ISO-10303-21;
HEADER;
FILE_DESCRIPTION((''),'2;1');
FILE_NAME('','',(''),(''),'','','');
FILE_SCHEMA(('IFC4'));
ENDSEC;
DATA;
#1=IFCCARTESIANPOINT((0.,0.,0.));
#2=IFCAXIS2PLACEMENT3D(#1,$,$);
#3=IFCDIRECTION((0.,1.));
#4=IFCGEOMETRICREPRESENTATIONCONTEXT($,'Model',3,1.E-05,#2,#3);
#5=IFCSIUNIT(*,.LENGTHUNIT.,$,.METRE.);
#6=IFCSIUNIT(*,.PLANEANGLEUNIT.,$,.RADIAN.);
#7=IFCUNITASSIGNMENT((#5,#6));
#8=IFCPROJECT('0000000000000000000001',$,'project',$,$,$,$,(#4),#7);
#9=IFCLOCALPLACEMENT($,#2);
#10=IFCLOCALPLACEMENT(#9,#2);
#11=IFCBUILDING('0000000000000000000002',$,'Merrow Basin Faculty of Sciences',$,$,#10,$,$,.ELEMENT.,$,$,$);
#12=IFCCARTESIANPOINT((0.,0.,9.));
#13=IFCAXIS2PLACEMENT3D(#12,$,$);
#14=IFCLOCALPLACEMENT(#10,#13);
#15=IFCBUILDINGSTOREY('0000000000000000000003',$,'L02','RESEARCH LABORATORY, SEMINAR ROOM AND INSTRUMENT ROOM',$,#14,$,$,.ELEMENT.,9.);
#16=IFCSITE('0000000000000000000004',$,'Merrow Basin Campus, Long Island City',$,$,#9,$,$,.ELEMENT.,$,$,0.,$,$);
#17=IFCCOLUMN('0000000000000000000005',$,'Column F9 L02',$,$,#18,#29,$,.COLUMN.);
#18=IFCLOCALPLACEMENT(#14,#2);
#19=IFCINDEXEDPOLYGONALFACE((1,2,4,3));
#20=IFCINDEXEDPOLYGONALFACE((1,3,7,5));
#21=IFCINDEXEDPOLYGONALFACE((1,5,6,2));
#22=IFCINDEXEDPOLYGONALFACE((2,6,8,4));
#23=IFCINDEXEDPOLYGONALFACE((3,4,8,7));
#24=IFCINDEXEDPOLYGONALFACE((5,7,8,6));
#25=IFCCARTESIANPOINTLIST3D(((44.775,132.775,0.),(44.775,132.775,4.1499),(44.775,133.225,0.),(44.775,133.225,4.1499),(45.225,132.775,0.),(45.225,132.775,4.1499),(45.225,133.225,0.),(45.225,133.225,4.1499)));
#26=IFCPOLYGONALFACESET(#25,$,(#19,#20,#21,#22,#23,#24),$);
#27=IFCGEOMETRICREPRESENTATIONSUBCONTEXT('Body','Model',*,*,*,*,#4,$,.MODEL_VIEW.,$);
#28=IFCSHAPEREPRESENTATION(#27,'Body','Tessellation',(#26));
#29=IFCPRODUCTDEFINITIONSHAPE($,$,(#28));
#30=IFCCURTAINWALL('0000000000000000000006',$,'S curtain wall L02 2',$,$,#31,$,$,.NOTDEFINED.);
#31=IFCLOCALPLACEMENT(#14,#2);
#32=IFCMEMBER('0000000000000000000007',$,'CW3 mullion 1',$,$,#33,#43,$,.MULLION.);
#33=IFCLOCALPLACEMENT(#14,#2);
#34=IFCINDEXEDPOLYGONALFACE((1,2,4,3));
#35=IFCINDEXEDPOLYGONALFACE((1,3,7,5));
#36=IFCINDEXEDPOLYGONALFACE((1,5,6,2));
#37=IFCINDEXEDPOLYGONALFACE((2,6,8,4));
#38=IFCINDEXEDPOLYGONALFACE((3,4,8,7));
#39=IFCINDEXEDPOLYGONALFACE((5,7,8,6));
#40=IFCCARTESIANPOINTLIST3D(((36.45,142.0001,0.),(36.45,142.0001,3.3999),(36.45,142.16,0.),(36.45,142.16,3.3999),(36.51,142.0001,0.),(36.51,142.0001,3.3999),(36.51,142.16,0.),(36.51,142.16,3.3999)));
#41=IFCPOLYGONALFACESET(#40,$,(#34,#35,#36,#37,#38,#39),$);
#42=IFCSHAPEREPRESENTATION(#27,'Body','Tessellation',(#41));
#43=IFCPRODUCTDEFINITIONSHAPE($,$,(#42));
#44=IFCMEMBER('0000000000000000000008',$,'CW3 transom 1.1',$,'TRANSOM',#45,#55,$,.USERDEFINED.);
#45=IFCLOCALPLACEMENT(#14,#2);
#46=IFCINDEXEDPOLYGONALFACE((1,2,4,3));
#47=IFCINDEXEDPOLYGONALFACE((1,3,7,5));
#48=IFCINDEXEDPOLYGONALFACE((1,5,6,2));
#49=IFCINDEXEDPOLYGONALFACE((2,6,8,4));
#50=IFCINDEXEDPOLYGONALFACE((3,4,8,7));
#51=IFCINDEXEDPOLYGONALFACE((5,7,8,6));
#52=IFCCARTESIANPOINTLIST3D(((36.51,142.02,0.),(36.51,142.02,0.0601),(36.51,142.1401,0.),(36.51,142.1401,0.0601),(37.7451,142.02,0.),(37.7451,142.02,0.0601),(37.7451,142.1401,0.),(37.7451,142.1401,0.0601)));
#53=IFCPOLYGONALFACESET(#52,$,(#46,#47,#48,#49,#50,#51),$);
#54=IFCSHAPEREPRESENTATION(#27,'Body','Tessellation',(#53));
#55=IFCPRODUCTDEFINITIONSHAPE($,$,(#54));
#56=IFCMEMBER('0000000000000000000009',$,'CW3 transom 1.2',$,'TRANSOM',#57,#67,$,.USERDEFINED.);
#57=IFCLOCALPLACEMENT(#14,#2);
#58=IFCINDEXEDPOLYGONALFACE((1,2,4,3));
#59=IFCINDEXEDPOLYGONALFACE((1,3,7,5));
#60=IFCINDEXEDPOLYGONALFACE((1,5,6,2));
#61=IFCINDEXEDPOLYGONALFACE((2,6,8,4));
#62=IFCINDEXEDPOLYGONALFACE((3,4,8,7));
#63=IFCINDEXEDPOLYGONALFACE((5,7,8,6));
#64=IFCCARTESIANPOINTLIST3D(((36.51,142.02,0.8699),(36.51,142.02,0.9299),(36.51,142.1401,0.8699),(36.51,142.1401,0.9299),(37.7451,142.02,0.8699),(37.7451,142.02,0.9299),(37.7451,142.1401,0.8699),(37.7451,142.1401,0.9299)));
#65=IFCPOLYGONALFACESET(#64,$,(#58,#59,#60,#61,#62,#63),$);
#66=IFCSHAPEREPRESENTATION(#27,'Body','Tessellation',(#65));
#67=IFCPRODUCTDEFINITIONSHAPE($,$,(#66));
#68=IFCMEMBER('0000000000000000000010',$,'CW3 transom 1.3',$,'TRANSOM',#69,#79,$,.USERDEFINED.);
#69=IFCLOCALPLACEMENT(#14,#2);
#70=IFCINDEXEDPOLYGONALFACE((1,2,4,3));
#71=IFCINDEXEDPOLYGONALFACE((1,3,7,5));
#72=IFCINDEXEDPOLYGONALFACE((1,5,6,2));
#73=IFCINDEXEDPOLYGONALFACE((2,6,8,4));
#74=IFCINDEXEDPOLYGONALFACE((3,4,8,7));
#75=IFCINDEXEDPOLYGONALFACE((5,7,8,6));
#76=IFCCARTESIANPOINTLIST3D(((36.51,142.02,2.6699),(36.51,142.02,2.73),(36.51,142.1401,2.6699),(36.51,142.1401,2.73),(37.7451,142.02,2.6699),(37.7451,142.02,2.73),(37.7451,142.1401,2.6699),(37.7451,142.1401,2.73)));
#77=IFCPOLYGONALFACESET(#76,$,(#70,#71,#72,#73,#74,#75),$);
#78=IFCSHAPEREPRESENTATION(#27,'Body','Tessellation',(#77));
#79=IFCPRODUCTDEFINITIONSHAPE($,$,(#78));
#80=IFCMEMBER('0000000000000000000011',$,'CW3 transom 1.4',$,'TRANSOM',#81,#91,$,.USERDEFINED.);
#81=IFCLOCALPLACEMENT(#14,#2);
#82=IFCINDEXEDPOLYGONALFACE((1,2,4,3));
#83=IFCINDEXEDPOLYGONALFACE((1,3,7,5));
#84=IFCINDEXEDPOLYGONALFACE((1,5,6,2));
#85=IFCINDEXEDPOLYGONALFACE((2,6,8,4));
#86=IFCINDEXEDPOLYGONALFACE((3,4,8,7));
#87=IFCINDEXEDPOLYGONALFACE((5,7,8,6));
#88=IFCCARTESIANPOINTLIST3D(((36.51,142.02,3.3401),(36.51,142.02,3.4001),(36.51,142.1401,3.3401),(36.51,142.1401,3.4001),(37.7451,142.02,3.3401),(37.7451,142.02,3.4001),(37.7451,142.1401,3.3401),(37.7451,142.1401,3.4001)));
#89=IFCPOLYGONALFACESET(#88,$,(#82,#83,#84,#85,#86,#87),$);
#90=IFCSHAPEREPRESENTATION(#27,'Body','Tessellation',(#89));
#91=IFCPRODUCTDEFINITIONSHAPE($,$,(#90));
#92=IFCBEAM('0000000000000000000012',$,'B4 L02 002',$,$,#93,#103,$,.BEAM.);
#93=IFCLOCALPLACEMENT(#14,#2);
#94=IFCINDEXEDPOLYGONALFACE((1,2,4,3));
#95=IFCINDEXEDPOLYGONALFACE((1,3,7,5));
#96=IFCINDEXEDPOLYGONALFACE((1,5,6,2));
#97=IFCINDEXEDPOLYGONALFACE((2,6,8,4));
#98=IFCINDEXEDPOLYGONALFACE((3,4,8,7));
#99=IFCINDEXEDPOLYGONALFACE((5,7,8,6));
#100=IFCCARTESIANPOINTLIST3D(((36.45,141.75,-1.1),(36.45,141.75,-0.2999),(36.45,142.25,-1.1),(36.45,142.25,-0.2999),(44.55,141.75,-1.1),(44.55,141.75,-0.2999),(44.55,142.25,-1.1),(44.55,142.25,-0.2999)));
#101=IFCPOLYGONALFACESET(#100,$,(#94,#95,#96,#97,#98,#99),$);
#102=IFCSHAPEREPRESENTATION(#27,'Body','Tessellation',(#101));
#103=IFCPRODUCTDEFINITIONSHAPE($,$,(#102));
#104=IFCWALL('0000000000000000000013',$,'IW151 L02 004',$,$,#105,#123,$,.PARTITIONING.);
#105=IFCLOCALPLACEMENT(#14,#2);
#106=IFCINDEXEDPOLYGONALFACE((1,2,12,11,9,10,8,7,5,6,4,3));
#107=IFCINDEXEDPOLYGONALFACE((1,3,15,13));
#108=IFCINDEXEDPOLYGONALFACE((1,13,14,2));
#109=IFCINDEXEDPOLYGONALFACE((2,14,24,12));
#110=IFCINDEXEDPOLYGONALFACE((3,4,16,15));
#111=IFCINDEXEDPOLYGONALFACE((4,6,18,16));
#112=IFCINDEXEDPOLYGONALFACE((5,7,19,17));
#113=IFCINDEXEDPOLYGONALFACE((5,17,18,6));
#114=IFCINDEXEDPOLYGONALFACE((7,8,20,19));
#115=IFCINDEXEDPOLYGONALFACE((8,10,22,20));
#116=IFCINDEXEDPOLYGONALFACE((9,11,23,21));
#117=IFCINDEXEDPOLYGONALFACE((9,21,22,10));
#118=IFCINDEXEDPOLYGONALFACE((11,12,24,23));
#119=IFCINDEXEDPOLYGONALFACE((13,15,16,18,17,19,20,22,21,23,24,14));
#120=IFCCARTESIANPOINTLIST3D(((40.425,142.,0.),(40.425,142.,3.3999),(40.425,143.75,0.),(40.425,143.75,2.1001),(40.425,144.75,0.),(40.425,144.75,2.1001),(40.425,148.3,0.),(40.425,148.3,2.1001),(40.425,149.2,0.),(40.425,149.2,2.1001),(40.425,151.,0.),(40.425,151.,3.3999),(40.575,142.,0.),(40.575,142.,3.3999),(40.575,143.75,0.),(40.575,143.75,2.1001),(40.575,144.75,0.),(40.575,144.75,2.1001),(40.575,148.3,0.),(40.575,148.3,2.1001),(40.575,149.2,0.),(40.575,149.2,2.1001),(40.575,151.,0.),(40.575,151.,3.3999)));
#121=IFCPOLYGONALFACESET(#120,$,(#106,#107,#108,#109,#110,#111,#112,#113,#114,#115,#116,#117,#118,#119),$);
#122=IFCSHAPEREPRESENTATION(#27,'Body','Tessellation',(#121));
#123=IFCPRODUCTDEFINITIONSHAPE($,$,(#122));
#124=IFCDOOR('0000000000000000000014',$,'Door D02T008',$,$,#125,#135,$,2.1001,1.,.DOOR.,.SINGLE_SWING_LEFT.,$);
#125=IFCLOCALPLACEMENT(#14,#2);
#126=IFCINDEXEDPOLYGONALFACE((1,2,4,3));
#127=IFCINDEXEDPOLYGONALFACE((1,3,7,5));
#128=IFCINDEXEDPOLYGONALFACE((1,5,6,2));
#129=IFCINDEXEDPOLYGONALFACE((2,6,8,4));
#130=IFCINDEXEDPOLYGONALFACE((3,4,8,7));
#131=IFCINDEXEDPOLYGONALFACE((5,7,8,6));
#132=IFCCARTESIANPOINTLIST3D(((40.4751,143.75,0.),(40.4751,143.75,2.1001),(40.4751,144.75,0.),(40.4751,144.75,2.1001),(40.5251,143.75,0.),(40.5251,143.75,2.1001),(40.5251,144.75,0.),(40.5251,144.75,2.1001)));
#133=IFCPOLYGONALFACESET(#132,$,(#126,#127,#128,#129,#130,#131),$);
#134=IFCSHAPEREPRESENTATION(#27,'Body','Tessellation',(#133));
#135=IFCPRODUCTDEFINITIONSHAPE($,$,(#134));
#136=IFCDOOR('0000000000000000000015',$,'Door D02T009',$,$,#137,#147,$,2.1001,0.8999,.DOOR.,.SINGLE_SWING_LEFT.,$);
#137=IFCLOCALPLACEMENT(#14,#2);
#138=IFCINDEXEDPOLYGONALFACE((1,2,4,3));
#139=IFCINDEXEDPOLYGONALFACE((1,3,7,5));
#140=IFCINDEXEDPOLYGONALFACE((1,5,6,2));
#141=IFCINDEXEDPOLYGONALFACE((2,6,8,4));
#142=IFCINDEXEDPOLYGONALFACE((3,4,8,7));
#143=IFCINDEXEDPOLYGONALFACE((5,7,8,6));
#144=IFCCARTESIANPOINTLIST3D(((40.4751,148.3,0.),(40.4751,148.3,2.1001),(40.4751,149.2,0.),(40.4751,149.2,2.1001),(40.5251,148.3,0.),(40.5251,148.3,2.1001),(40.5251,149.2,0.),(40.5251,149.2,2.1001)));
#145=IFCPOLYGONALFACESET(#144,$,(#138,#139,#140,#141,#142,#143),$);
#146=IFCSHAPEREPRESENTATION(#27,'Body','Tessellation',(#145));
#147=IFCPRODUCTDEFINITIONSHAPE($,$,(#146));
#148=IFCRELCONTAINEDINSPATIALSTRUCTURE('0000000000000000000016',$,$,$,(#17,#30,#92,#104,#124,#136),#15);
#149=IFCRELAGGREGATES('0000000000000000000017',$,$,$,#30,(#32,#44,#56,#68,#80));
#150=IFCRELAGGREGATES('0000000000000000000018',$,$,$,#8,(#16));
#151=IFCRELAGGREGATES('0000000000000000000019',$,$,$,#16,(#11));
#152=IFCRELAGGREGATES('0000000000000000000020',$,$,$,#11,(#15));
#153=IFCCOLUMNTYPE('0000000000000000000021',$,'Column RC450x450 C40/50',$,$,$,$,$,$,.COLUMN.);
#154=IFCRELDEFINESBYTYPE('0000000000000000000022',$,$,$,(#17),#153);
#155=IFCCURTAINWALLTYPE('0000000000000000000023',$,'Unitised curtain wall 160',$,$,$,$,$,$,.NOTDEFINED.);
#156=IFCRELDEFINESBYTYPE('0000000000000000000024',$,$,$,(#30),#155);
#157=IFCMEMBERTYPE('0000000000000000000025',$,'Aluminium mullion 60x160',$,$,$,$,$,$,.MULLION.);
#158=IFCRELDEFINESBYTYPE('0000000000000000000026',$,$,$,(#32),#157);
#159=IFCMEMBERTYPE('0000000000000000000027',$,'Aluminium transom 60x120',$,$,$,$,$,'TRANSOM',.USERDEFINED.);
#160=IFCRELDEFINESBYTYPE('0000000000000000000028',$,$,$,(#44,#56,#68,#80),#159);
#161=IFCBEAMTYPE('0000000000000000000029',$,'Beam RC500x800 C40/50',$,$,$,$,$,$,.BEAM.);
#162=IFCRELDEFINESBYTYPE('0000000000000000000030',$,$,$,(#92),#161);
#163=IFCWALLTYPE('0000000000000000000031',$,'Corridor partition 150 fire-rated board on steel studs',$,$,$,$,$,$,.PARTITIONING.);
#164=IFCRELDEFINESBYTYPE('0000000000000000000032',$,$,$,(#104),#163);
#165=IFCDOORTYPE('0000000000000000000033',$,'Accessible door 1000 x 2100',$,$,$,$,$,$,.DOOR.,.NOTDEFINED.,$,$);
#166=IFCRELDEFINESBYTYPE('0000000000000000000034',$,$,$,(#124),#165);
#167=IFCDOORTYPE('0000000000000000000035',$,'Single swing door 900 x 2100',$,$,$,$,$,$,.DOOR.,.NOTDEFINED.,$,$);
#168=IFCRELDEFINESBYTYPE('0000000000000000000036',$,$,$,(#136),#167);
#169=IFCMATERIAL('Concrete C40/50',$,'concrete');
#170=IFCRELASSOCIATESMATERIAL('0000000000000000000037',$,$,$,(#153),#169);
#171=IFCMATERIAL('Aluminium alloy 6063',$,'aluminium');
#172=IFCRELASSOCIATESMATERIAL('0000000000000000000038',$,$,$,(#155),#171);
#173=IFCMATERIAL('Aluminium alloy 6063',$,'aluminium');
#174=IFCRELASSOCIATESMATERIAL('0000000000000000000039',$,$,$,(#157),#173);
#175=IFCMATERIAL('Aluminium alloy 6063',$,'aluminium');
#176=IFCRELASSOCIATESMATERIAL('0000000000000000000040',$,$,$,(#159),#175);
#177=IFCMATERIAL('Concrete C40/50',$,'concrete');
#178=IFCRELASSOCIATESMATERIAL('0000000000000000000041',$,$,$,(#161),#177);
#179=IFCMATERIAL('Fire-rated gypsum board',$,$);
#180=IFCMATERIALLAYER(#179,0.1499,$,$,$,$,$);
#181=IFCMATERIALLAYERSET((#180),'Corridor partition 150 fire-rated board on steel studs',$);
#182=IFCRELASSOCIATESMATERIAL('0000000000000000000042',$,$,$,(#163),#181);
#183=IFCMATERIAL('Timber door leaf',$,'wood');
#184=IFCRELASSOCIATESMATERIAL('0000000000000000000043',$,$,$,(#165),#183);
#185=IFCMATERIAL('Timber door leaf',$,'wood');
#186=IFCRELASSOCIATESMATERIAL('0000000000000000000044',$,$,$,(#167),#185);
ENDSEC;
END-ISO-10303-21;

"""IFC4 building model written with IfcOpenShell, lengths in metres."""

from ifc_helpers import new_model, si_unit, direction, frame, frame_2d, origin, origin_2d, place, context, subcontext, project, spatial, rectangle, extrude, material, layer, layer_set, material_profile, profile_set, type_object, element, fill, aggregate, save


model = new_model("IFC4")

# Units and contexts
model_context = context("Model", 3, precision=1e-05, world=origin(), true_north=direction((0.0, 1.0)))
body_context = subcontext(model_context, "Body", "Model", "MODEL_VIEW")
ifc_project = project(units=[si_unit("LENGTHUNIT", "METRE"), si_unit("PLANEANGLEUNIT", "RADIAN")], contexts=[model_context])

# Site, building, storey
site_placement = place(None, origin())
site = spatial("IfcSite", under=ifc_project, at=site_placement, Name="Merrow Basin Campus, Long Island City", CompositionType="ELEMENT", RefElevation=0.0)
building_placement = place(site_placement, origin())
building = spatial("IfcBuilding", under=site, at=building_placement, Name="Merrow Basin Faculty of Sciences", CompositionType="ELEMENT")
storey_placement = place(building_placement, frame((0.0, 0.0, 9.0)))
storey = spatial("IfcBuildingStorey", under=building, at=storey_placement, Name="L02", Description="RESEARCH LABORATORY, SEMINAR ROOM AND INSTRUMENT ROOM", CompositionType="ELEMENT", Elevation=9.0)

# Column
ifc_material_1 = material(Name="Concrete C40/50", Category="concrete")
ifc_material_profile_1 = material_profile(ifc_material_1, rectangle(XDim=0.45, YDim=0.45, at=origin_2d()))
ifc_profile_set_1 = profile_set([ifc_material_profile_1], Name="Concrete C40/50")
column_type = type_object("IfcColumnType", Name="Column RC450x450 C40/50", PredefinedType="COLUMN", material=ifc_profile_set_1)
column_placement = place(storey_placement, frame((45.0, 133.0, 0.0), z_axis=(0.0, 0.0, 1.0), x_axis=(1.0, 0.0, 0.0)))
element("IfcColumn", 1, at=column_placement, inside=storey, type_object=column_type, Name="Column F9 L02", PredefinedType="COLUMN", context=body_context, shape_type="SweptSolid", body=[
    extrude(rectangle(XDim=0.45, YDim=0.45, at=origin_2d()), origin(), (0.0, 0.0, 1.0), 4.1499),
])

# Curtain wall, members
ifc_material_2 = material(Name="Aluminium alloy 6063", Category="aluminium")
curtain_wall_type = type_object("IfcCurtainWallType", Name="Unitised curtain wall 160", PredefinedType="NOTDEFINED", material=ifc_material_2)
curtain_wall_placement = place(storey_placement, origin())
curtain_wall = element("IfcCurtainWall", 2, at=curtain_wall_placement, inside=storey, type_object=curtain_wall_type, Name="S curtain wall L02 2", PredefinedType="NOTDEFINED")
ifc_material_3 = material(Name="Aluminium alloy 6063", Category="aluminium")
ifc_material_profile_2 = material_profile(ifc_material_3, rectangle(XDim=0.1599, YDim=0.0601, at=origin_2d()))
ifc_profile_set_2 = profile_set([ifc_material_profile_2], Name="Aluminium alloy 6063")
member_type_1 = type_object("IfcMemberType", Name="Aluminium mullion 60x160", PredefinedType="MULLION", material=ifc_profile_set_2)
member_1_placement = place(storey_placement, frame((36.48, 142.0801, 0.0), z_axis=(0.0, 0.0, 1.0), x_axis=(0.0, 1.0, 0.0)))
member_1 = element("IfcMember", 3, at=member_1_placement, type_object=member_type_1, Name="CW3 mullion 1", PredefinedType="MULLION", context=body_context, shape_type="SweptSolid", body=[
    extrude(rectangle(XDim=0.1599, YDim=0.0601, at=origin_2d()), origin(), (0.0, 0.0, 1.0), 3.3999),
])
ifc_material_4 = material(Name="Aluminium alloy 6063", Category="aluminium")
ifc_material_profile_3 = material_profile(ifc_material_4, rectangle(XDim=0.1201, YDim=0.0601, at=origin_2d()))
ifc_profile_set_3 = profile_set([ifc_material_profile_3], Name="Aluminium alloy 6063")
member_type_2 = type_object("IfcMemberType", Name="Aluminium transom 60x120", ElementType="TRANSOM", PredefinedType="USERDEFINED", material=ifc_profile_set_3)
member_2_placement = place(storey_placement, frame((36.51, 142.0801, 0.03), z_axis=(1.0, 0.0, 0.0), x_axis=(0.0, 1.0, 0.0)))
member_2 = element("IfcMember", 4, at=member_2_placement, type_object=member_type_2, Name="CW3 transom 1.1", ObjectType="TRANSOM", PredefinedType="USERDEFINED", context=body_context, shape_type="SweptSolid", body=[
    extrude(rectangle(XDim=0.1201, YDim=0.0601, at=origin_2d()), origin(), (0.0, 0.0, 1.0), 1.2351),
])
member_3_placement = place(storey_placement, frame((36.51, 142.0801, 0.8999), z_axis=(1.0, 0.0, 0.0), x_axis=(0.0, 1.0, 0.0)))
member_3 = element("IfcMember", 5, at=member_3_placement, type_object=member_type_2, Name="CW3 transom 1.2", ObjectType="TRANSOM", PredefinedType="USERDEFINED", context=body_context, shape_type="SweptSolid", body=[
    extrude(rectangle(XDim=0.1201, YDim=0.0601, at=origin_2d()), origin(), (0.0, 0.0, 1.0), 1.2351),
])
member_4_placement = place(storey_placement, frame((36.51, 142.0801, 2.7), z_axis=(1.0, 0.0, 0.0), x_axis=(0.0, 1.0, 0.0)))
member_4 = element("IfcMember", 6, at=member_4_placement, type_object=member_type_2, Name="CW3 transom 1.3", ObjectType="TRANSOM", PredefinedType="USERDEFINED", context=body_context, shape_type="SweptSolid", body=[
    extrude(rectangle(XDim=0.1201, YDim=0.0601, at=origin_2d()), origin(), (0.0, 0.0, 1.0), 1.2351),
])
member_5_placement = place(storey_placement, frame((36.51, 142.0801, 3.3701), z_axis=(1.0, 0.0, 0.0), x_axis=(0.0, 1.0, 0.0)))
member_5 = element("IfcMember", 7, at=member_5_placement, type_object=member_type_2, Name="CW3 transom 1.4", ObjectType="TRANSOM", PredefinedType="USERDEFINED", context=body_context, shape_type="SweptSolid", body=[
    extrude(rectangle(XDim=0.1201, YDim=0.0601, at=origin_2d()), origin(), (0.0, 0.0, 1.0), 1.2351),
])
aggregate(curtain_wall, [member_1, member_2, member_3, member_4, member_5])

# Beam
ifc_material_5 = material(Name="Concrete C40/50", Category="concrete")
ifc_material_profile_4 = material_profile(ifc_material_5, rectangle(XDim=0.5, YDim=0.8, at=origin_2d()))
ifc_profile_set_4 = profile_set([ifc_material_profile_4], Name="Concrete C40/50")
beam_type = type_object("IfcBeamType", Name="Beam RC500x800 C40/50", PredefinedType="BEAM", material=ifc_profile_set_4)
beam_placement = place(storey_placement, frame((36.45, 142.0, -0.7), z_axis=(1.0, 0.0, 0.0), x_axis=(0.0, 1.0, 0.0)))
element("IfcBeam", 8, at=beam_placement, inside=storey, type_object=beam_type, Name="B4 L02 002", PredefinedType="BEAM", context=body_context, shape_type="SweptSolid", body=[
    extrude(rectangle(XDim=0.5, YDim=0.8, at=origin_2d()), origin(), (0.0, 0.0, 1.0), 8.1001),
])

# Wall, openings, doors
ifc_material_6 = material(Name="Fire-rated gypsum board")
ifc_layer_1 = layer(ifc_material_6, 0.1499)
ifc_layer_set_1 = layer_set([ifc_layer_1], Name="Corridor partition 150 fire-rated board on steel studs")
wall_type = type_object("IfcWallType", Name="Corridor partition 150 fire-rated board on steel studs", PredefinedType="PARTITIONING", material=ifc_layer_set_1)
wall_placement = place(storey_placement, frame((40.5, 142.0, 0.0), z_axis=(0.0, 0.0, 1.0), x_axis=(0.0, 1.0, 0.0)))
wall = element("IfcWall", 9, at=wall_placement, inside=storey, type_object=wall_type, Name="IW151 L02 004", PredefinedType="PARTITIONING", context=body_context, shape_type="SweptSolid", body=[
    extrude(rectangle(XDim=9.0, YDim=0.1499, at=frame_2d((4.5, 0.0))), origin(), (0.0, 0.0, 1.0), 3.3999),
])
opening_1_placement = place(wall_placement, frame((1.75, 0.0, 0.0)))
opening_1 = element("IfcOpeningElement", 10, at=opening_1_placement, cuts=wall, PredefinedType="OPENING", context=body_context, shape_type="SweptSolid", body=[
    extrude(rectangle(XDim=1.0, YDim=2.1001, at=frame_2d((0.5, 1.05))), frame((0.0, 0.085, 0.0), z_axis=(0.0, -1.0, 0.0), x_axis=(1.0, 0.0, 0.0)), (0.0, 0.0, 1.0), 0.1699),
])
opening_2_placement = place(wall_placement, frame((6.3, 0.0, 0.0)))
opening_2 = element("IfcOpeningElement", 11, at=opening_2_placement, cuts=wall, PredefinedType="OPENING", context=body_context, shape_type="SweptSolid", body=[
    extrude(rectangle(XDim=0.8999, YDim=2.1001, at=frame_2d((0.45, 1.05))), frame((0.0, 0.085, 0.0), z_axis=(0.0, -1.0, 0.0), x_axis=(1.0, 0.0, 0.0)), (0.0, 0.0, 1.0), 0.1699),
])
ifc_material_7 = material(Name="Timber door leaf", Category="wood")
door_type_1 = type_object("IfcDoorType", Name="Accessible door 1000 x 2100", OperationType="NOTDEFINED", PredefinedType="DOOR", material=ifc_material_7)
door_1_placement = place(opening_1_placement, origin())
door_1 = element("IfcDoor", 12, at=door_1_placement, inside=storey, type_object=door_type_1, Name="Door D02T008", OperationType="SINGLE_SWING_LEFT", OverallHeight=2.1001, OverallWidth=1.0, PredefinedType="DOOR", context=body_context, shape_type="SweptSolid", body=[
    extrude(rectangle(XDim=1.0, YDim=2.1001, at=frame_2d((0.5, 1.05))), frame((0.0, 0.0249, 0.0), z_axis=(0.0, -1.0, 0.0), x_axis=(1.0, 0.0, 0.0)), (0.0, 0.0, 1.0), 0.05),
])
fill(opening_1, door_1)
ifc_material_8 = material(Name="Timber door leaf", Category="wood")
door_type_2 = type_object("IfcDoorType", Name="Single swing door 900 x 2100", OperationType="NOTDEFINED", PredefinedType="DOOR", material=ifc_material_8)
door_2_placement = place(opening_2_placement, origin())
door_2 = element("IfcDoor", 13, at=door_2_placement, inside=storey, type_object=door_type_2, Name="Door D02T009", OperationType="SINGLE_SWING_LEFT", OverallHeight=2.1001, OverallWidth=0.8999, PredefinedType="DOOR", context=body_context, shape_type="SweptSolid", body=[
    extrude(rectangle(XDim=0.8999, YDim=2.1001, at=frame_2d((0.45, 1.05))), frame((0.0, 0.0249, 0.0), z_axis=(0.0, -1.0, 0.0), x_axis=(1.0, 0.0, 0.0)), (0.0, 0.0, 1.0), 0.05),
])
fill(opening_2, door_2)

save(model, "model.ifc")
